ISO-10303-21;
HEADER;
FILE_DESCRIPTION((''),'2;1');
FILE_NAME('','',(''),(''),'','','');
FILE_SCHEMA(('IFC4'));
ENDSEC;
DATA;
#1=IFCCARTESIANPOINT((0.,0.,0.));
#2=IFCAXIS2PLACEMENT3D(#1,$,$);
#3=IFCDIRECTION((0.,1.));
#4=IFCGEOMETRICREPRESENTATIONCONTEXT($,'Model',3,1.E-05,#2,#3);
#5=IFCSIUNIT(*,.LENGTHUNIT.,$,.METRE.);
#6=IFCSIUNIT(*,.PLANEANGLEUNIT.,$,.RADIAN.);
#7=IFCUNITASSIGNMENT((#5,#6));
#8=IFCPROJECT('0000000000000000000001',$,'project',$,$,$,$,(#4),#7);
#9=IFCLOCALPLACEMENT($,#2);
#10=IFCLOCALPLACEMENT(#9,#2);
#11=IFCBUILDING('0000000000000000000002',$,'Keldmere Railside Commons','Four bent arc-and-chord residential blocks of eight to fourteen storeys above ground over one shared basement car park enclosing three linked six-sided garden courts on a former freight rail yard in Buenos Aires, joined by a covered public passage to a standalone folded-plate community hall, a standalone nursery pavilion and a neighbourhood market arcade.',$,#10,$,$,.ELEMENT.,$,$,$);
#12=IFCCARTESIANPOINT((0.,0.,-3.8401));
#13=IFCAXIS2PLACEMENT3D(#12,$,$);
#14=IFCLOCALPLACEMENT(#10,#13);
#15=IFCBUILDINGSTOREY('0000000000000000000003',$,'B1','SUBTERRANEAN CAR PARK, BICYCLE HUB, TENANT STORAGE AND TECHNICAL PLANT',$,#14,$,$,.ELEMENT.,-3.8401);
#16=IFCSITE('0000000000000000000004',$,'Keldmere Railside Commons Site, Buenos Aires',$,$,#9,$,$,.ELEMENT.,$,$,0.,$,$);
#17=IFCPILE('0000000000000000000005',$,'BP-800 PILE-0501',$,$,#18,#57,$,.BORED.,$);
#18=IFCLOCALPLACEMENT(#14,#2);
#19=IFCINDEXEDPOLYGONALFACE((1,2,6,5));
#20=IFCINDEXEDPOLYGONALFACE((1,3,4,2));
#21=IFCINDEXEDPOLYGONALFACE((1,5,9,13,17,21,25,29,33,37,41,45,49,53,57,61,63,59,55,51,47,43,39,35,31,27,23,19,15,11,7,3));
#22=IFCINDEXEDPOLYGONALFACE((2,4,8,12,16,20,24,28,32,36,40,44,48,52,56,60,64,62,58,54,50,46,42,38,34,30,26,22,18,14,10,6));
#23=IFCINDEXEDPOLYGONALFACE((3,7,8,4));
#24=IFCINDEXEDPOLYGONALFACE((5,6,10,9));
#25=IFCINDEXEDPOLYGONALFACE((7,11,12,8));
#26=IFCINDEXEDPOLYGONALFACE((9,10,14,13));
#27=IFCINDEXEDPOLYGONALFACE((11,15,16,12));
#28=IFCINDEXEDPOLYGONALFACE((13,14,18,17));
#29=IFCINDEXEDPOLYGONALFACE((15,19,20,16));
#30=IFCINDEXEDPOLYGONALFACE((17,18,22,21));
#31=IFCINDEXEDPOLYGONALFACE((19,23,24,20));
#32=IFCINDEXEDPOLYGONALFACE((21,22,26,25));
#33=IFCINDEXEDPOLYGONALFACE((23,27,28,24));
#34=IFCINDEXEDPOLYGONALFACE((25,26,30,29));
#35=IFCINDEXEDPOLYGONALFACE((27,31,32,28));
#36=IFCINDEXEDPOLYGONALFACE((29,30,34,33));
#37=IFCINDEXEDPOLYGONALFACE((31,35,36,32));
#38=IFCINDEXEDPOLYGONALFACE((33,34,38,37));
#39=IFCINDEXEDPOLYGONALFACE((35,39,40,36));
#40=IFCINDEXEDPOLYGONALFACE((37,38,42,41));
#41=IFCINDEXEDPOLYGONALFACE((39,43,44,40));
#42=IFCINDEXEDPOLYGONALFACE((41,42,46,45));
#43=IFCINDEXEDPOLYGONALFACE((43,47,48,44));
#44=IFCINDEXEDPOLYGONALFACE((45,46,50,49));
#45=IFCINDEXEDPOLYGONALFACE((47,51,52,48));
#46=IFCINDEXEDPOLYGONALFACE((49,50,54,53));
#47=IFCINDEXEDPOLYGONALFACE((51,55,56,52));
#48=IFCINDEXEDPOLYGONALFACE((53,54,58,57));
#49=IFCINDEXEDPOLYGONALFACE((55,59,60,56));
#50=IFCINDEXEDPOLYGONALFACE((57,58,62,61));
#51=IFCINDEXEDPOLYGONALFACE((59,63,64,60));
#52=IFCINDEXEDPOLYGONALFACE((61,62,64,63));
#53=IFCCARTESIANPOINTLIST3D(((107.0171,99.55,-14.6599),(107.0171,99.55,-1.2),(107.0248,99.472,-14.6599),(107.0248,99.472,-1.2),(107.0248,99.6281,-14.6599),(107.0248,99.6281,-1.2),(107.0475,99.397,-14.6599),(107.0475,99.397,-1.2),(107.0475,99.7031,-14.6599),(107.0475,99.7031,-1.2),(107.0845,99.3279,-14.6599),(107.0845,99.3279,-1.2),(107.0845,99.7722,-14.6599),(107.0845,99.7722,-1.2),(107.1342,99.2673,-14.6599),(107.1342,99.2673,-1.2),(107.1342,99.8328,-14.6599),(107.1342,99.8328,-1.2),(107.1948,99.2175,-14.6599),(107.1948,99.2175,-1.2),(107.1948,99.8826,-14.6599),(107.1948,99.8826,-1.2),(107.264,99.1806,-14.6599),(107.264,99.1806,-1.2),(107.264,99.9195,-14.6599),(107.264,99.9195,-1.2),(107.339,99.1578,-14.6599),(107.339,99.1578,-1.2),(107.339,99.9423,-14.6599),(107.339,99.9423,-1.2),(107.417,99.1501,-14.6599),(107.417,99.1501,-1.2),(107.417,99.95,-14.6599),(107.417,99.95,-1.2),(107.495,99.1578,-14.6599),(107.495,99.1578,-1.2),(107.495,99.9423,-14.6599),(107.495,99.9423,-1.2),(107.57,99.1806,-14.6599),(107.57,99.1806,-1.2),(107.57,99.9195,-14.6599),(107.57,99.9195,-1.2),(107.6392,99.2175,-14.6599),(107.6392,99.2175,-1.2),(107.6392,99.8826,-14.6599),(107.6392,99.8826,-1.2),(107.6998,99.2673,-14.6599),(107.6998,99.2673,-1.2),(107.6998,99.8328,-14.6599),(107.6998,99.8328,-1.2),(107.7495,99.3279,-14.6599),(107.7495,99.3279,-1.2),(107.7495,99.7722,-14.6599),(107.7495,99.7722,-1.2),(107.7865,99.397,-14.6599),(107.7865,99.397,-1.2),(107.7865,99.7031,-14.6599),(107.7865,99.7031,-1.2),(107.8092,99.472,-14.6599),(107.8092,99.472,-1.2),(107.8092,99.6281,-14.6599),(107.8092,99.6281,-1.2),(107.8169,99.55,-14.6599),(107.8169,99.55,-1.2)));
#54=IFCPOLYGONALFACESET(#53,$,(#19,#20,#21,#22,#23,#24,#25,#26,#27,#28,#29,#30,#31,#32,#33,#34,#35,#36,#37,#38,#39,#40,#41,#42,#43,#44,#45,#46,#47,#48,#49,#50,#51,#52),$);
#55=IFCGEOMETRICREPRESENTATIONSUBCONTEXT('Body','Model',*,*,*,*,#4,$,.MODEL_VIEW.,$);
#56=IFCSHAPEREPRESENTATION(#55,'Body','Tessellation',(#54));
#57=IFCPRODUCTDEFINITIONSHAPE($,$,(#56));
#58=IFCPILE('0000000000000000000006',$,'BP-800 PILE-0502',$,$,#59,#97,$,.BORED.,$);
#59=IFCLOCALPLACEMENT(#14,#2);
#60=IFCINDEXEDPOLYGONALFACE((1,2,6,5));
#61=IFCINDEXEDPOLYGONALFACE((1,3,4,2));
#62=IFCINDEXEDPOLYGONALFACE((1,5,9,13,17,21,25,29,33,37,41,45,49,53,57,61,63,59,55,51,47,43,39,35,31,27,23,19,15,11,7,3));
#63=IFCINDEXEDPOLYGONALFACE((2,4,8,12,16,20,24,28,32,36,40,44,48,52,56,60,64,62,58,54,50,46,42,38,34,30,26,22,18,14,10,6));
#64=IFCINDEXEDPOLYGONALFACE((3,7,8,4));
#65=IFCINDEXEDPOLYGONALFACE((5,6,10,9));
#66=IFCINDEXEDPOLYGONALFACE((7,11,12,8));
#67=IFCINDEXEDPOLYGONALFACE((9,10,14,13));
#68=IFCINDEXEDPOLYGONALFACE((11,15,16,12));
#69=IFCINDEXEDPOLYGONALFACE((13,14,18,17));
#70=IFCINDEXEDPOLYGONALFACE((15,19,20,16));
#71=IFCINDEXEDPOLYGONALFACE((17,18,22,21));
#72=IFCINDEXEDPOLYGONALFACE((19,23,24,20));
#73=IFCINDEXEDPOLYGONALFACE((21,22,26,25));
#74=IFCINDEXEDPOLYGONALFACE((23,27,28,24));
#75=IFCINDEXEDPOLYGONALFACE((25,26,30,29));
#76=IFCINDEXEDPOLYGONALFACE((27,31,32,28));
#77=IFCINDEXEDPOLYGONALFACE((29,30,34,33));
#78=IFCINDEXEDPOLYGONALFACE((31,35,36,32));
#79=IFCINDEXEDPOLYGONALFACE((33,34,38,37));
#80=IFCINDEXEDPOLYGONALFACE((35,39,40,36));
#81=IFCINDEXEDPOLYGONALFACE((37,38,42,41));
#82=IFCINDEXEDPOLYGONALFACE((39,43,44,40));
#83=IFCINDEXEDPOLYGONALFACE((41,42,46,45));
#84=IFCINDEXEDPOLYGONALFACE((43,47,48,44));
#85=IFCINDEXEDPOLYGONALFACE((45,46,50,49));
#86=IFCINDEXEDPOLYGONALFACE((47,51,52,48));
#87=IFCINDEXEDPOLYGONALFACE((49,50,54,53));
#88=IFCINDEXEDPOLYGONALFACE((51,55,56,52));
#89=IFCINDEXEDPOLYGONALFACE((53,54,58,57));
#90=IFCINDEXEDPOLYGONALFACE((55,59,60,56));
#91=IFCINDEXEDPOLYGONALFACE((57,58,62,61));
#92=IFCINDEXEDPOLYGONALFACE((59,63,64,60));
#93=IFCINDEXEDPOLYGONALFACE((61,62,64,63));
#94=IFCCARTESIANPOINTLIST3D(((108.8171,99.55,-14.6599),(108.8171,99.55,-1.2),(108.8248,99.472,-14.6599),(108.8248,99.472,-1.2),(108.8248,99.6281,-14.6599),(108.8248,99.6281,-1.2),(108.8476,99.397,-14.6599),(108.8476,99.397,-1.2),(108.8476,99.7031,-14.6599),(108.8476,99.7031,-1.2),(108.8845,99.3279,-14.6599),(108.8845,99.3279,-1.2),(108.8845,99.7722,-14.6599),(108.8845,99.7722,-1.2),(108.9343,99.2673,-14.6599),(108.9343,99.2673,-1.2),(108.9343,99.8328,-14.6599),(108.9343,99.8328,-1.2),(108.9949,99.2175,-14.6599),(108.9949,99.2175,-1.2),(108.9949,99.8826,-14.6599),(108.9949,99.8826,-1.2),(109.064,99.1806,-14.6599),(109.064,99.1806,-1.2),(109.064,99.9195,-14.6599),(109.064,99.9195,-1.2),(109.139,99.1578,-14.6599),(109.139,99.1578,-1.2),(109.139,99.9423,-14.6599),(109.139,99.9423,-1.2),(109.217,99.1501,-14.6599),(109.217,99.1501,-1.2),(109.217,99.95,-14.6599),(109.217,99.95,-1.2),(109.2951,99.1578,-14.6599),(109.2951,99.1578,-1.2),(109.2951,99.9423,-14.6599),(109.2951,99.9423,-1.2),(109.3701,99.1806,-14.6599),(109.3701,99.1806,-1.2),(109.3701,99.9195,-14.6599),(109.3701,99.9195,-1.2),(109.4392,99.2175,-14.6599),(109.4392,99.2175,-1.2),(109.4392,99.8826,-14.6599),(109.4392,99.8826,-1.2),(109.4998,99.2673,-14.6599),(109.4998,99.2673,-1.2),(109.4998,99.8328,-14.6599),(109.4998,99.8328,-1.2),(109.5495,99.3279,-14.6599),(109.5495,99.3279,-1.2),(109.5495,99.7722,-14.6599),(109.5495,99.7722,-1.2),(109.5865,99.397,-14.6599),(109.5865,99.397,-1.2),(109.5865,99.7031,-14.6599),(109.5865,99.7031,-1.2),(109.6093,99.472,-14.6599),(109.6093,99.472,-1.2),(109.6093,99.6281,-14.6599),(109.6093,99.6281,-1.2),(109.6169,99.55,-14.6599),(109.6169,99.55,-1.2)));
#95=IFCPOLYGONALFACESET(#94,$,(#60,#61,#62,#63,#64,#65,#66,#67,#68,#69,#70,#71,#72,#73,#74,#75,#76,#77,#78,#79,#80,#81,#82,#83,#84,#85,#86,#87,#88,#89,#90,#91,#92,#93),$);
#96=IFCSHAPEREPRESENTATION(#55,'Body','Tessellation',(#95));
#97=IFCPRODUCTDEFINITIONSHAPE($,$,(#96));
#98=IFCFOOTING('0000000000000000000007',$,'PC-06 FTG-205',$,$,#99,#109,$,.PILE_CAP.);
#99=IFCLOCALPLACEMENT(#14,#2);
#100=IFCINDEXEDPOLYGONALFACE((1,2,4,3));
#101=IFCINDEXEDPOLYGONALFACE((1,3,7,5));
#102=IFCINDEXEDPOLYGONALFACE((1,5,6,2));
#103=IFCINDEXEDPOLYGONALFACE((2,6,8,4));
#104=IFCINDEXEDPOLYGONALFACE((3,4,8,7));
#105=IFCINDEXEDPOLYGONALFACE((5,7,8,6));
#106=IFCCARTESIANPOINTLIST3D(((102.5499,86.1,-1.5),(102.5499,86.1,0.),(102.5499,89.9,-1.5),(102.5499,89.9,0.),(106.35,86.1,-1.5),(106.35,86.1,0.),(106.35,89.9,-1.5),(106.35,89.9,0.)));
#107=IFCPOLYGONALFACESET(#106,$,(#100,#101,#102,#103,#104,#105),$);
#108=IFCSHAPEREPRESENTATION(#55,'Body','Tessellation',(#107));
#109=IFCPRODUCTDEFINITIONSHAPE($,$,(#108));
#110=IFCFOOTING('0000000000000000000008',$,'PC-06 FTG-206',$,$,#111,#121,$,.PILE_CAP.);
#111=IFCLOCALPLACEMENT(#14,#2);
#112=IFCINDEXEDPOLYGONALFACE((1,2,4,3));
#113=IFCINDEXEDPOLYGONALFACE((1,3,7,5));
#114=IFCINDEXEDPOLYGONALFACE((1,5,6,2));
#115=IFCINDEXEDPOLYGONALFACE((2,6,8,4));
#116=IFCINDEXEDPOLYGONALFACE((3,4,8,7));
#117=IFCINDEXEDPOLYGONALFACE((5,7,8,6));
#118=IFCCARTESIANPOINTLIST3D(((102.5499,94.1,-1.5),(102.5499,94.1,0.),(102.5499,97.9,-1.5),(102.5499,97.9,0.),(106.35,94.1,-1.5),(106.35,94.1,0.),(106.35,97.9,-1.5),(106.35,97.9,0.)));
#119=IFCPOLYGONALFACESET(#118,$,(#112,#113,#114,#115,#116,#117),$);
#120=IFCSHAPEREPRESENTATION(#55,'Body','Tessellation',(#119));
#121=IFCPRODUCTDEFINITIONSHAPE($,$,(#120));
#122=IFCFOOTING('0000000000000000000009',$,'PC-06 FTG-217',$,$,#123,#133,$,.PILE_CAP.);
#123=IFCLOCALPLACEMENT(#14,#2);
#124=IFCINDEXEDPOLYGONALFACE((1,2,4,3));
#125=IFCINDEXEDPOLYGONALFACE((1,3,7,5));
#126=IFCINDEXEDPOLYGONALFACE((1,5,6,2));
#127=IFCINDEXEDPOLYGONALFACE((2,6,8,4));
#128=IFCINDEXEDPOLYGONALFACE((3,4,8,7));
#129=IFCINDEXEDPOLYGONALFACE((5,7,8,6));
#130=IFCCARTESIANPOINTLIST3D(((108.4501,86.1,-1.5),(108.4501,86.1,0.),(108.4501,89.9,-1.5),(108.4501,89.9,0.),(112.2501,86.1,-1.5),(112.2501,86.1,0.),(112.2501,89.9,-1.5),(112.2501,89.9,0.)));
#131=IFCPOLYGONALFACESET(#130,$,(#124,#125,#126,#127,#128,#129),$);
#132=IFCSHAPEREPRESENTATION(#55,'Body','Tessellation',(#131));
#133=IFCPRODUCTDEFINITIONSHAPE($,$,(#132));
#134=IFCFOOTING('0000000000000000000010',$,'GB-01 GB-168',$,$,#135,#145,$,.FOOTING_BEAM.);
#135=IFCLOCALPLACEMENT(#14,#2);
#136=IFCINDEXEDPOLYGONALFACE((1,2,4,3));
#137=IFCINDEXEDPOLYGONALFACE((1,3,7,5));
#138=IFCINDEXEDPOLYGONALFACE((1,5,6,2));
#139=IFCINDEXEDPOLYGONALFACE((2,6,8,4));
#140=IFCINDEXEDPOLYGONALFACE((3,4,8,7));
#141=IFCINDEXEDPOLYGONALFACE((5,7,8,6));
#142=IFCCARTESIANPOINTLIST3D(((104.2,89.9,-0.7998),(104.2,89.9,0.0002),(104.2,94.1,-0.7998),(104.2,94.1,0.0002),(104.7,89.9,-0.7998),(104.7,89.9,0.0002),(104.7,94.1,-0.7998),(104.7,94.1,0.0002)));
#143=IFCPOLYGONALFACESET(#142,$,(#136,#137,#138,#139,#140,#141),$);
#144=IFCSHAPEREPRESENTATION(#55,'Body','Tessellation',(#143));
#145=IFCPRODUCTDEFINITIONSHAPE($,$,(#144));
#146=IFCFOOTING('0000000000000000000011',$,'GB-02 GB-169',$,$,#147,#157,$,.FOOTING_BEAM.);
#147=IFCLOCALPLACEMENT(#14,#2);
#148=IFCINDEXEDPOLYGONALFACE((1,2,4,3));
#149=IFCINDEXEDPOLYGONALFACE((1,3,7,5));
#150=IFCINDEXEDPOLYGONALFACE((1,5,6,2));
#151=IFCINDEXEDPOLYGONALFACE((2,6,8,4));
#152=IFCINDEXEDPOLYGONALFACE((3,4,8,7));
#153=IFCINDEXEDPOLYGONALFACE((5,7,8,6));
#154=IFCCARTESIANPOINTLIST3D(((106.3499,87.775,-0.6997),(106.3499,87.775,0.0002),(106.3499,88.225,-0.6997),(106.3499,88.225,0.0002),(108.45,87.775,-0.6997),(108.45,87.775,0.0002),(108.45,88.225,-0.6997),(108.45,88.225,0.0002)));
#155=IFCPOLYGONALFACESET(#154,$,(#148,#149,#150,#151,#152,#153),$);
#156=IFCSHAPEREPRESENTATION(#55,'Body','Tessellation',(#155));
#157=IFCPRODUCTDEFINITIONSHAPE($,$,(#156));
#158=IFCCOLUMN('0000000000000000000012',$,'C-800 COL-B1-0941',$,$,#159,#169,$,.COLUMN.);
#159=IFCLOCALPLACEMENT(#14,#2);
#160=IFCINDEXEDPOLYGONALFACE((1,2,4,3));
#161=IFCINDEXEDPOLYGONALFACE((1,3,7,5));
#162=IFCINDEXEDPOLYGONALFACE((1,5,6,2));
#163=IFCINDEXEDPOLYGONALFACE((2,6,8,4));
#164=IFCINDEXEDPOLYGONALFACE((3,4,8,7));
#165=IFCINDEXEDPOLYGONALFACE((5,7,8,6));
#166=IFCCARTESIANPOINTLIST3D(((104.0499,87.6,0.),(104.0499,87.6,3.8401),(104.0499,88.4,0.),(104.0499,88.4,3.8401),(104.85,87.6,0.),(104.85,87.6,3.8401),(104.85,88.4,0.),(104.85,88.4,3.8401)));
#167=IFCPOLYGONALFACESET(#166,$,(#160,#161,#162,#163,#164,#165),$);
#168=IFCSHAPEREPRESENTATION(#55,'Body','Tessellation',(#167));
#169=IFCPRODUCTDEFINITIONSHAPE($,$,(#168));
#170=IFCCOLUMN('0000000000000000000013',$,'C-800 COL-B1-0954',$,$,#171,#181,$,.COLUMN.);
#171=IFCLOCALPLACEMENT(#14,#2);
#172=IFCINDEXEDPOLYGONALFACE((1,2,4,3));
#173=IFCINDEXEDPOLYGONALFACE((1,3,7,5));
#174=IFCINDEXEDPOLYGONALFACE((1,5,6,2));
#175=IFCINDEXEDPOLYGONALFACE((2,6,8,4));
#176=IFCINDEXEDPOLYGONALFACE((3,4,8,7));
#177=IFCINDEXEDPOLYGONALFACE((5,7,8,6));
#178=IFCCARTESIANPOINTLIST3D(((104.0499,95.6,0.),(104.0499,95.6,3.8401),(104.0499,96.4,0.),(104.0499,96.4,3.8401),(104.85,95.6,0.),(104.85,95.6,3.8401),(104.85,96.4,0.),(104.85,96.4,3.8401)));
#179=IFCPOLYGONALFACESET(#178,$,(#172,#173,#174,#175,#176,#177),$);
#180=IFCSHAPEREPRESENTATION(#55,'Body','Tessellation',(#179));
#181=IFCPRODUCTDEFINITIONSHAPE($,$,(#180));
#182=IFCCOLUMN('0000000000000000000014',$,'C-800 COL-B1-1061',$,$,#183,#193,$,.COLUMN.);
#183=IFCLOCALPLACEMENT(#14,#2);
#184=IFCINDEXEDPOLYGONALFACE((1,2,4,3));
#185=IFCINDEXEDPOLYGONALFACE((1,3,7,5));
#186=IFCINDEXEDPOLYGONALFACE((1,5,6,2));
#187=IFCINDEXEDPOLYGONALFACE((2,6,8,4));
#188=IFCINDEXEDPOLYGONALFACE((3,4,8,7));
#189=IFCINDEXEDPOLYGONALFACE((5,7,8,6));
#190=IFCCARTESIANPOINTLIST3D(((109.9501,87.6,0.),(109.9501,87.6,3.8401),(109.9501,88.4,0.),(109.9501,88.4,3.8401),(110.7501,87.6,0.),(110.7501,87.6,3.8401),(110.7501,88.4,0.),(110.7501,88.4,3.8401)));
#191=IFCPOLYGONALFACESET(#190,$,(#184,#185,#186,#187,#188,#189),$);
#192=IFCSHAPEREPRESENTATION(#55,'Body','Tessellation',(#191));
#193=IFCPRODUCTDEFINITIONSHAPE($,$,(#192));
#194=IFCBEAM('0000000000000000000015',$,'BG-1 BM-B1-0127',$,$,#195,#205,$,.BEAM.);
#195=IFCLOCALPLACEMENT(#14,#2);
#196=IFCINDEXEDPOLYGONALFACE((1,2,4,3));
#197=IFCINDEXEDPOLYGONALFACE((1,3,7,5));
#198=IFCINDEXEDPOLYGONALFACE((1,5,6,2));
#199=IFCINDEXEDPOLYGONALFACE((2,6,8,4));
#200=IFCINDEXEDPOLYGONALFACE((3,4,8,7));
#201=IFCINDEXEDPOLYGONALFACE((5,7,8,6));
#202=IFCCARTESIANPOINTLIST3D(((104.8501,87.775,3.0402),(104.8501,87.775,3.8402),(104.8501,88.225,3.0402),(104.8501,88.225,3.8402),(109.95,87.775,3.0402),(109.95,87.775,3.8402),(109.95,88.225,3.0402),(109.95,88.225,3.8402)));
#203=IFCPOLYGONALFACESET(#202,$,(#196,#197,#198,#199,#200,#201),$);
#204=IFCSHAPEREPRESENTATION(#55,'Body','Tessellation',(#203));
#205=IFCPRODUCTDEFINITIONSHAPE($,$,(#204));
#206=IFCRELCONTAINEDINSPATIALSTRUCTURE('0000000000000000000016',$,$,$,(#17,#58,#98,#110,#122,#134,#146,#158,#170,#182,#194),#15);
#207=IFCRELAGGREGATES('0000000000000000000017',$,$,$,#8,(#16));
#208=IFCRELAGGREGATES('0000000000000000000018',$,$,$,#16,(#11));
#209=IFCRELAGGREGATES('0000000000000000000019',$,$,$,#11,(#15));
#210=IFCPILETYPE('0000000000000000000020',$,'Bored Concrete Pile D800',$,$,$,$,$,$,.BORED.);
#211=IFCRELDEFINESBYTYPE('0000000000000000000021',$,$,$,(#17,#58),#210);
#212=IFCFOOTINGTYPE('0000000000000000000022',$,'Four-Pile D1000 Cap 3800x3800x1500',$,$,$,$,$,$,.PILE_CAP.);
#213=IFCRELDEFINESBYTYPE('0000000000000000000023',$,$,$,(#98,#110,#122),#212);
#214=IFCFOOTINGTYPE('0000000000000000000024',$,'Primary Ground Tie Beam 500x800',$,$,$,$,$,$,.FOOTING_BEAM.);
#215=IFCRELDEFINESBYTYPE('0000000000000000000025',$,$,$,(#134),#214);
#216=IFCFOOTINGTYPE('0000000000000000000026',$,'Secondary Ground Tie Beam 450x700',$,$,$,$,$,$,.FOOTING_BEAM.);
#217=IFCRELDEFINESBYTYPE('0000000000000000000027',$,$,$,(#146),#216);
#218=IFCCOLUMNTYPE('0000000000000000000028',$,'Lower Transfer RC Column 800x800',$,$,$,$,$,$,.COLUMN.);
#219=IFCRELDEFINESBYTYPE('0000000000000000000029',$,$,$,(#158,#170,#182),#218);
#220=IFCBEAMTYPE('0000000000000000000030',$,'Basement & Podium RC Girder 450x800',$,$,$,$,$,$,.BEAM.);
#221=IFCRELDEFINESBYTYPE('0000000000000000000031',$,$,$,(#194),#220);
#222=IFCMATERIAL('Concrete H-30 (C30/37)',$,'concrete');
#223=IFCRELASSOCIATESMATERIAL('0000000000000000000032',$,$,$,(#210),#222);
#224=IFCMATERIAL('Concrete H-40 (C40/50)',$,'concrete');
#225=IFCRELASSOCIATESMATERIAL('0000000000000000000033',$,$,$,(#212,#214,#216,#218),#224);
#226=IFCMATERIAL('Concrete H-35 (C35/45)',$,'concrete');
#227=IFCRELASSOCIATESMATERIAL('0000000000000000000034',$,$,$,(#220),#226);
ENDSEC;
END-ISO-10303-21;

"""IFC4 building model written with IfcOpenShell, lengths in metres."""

from ifc_helpers import new_model, si_unit, direction, frame, origin, origin_2d, place, context, subcontext, project, spatial, rectangle, circle, extrude, material, material_profile, profile_set, type_object, element, save


model = new_model("IFC4")

# Units and contexts
model_context = context("Model", 3, precision=1e-05, world=origin(), true_north=direction((0.0, 1.0)))
body_context = subcontext(model_context, "Body", "Model", "MODEL_VIEW")
ifc_project = project(units=[si_unit("LENGTHUNIT", "METRE"), si_unit("PLANEANGLEUNIT", "RADIAN")], contexts=[model_context])

# Site, building, storey
site_placement = place(None, origin())
site = spatial("IfcSite", under=ifc_project, at=site_placement, Name="Keldmere Railside Commons Site, Buenos Aires", CompositionType="ELEMENT", RefElevation=0.0)
building_placement = place(site_placement, origin())
building = spatial("IfcBuilding", under=site, at=building_placement, Name="Keldmere Railside Commons", Description="Four bent arc-and-chord residential blocks of eight to fourteen storeys above ground over one shared basement car park enclosing three linked six-sided garden courts on a former freight rail yard in Buenos Aires, joined by a covered public passage to a standalone folded-plate community hall, a standalone nursery pavilion and a neighbourhood market arcade.", CompositionType="ELEMENT")
storey_placement = place(building_placement, frame((0.0, 0.0, -3.8401)))
storey = spatial("IfcBuildingStorey", under=building, at=storey_placement, Name="B1", Description="SUBTERRANEAN CAR PARK, BICYCLE HUB, TENANT STORAGE AND TECHNICAL PLANT", CompositionType="ELEMENT", Elevation=-3.8401)

# Piles
ifc_material_1 = material(Name="Concrete H-30 (C30/37)", Category="concrete")
ifc_material_profile_1 = material_profile(ifc_material_1, circle(Radius=0.3999, at=origin_2d()), Name="PILE-D800")
ifc_profile_set_1 = profile_set([ifc_material_profile_1], Name="Concrete H-30 (C30/37)")
pile_type_1 = type_object("IfcPileType", Name="Bored Concrete Pile D800", PredefinedType="BORED", material=ifc_profile_set_1)
for number, where, z_axis, x_axis, name in (
    (1, (107.417, 99.55, -1.2), (0.0, 0.0, -1.0), (1.0, 0.0, 0.0), "BP-800 PILE-0501"),
    (2, (109.217, 99.55, -1.2), (0.0, 0.0, -1.0), (1.0, 0.0, 0.0), "BP-800 PILE-0502"),
):
    element("IfcPile", number, at=place(storey_placement, frame(where, z_axis=z_axis, x_axis=x_axis)), inside=storey, type_object=pile_type_1, Name=name, PredefinedType="BORED", context=body_context, shape_type="SweptSolid", body=[
        extrude(circle(Radius=0.3999, at=origin_2d()), origin(), (0.0, 0.0, 1.0), 13.46),
    ])

# Footings
ifc_material_2 = material(Name="Concrete H-40 (C40/50)", Category="concrete")
footing_type_1 = type_object("IfcFootingType", Name="Four-Pile D1000 Cap 3800x3800x1500", PredefinedType="PILE_CAP", material=ifc_material_2)
for number, where, z_axis, x_axis, name in (
    (3, (104.45, 88.0, -1.5), (0.0, 0.0, 1.0), (1.0, 0.0, 0.0), "PC-06 FTG-205"),
    (4, (104.45, 96.0, -1.5), (0.0, 0.0, 1.0), (1.0, 0.0, 0.0), "PC-06 FTG-206"),
    (5, (110.3501, 88.0, -1.5), (0.0, 0.0, 1.0), (1.0, 0.0, 0.0), "PC-06 FTG-217"),
):
    element("IfcFooting", number, at=place(storey_placement, frame(where, z_axis=z_axis, x_axis=x_axis)), inside=storey, type_object=footing_type_1, Name=name, PredefinedType="PILE_CAP", context=body_context, shape_type="SweptSolid", body=[
        extrude(rectangle(XDim=3.8, YDim=3.8, at=origin_2d()), origin(), (0.0, 0.0, 1.0), 1.5),
    ])
footing_type_2 = type_object("IfcFootingType", Name="Primary Ground Tie Beam 500x800", PredefinedType="FOOTING_BEAM", material=ifc_material_2)
footing_1_placement = place(storey_placement, frame((104.45, 92.0, -0.7998), z_axis=(0.0, 0.0, 1.0), x_axis=(0.0, 1.0, 0.0)))
element("IfcFooting", 6, at=footing_1_placement, inside=storey, type_object=footing_type_2, Name="GB-01 GB-168", PredefinedType="FOOTING_BEAM", context=body_context, shape_type="SweptSolid", body=[
    extrude(rectangle(XDim=4.2, YDim=0.5, at=origin_2d()), origin(), (0.0, 0.0, 1.0), 0.8),
])
footing_type_3 = type_object("IfcFootingType", Name="Secondary Ground Tie Beam 450x700", PredefinedType="FOOTING_BEAM", material=ifc_material_2)
footing_2_placement = place(storey_placement, frame((107.3999, 88.0, -0.6997), z_axis=(0.0, 0.0, 1.0), x_axis=(1.0, 0.0, 0.0)))
element("IfcFooting", 7, at=footing_2_placement, inside=storey, type_object=footing_type_3, Name="GB-02 GB-169", PredefinedType="FOOTING_BEAM", context=body_context, shape_type="SweptSolid", body=[
    extrude(rectangle(XDim=2.1001, YDim=0.45, at=origin_2d()), origin(), (0.0, 0.0, 1.0), 0.7),
])

# Columns
ifc_material_profile_2 = material_profile(ifc_material_2, rectangle(XDim=0.8, YDim=0.8, at=origin_2d()), Name="RC-800x800")
ifc_profile_set_2 = profile_set([ifc_material_profile_2], Name="Concrete H-40 (C40/50)")
column_type = type_object("IfcColumnType", Name="Lower Transfer RC Column 800x800", PredefinedType="COLUMN", material=ifc_profile_set_2)
for number, where, z_axis, x_axis, name in (
    (8, (104.45, 88.0, 0.0), (0.0, 0.0, 1.0), (1.0, 0.0, 0.0), "C-800 COL-B1-0941"),
    (9, (104.45, 96.0, 0.0), (0.0, 0.0, 1.0), (1.0, 0.0, 0.0), "C-800 COL-B1-0954"),
    (10, (110.3501, 88.0, 0.0), (0.0, 0.0, 1.0), (1.0, 0.0, 0.0), "C-800 COL-B1-1061"),
):
    element("IfcColumn", number, at=place(storey_placement, frame(where, z_axis=z_axis, x_axis=x_axis)), inside=storey, type_object=column_type, Name=name, PredefinedType="COLUMN", context=body_context, shape_type="SweptSolid", body=[
        extrude(rectangle(XDim=0.8, YDim=0.8, at=origin_2d()), origin(), (0.0, 0.0, 1.0), 3.8401),
    ])

# Beam
ifc_material_3 = material(Name="Concrete H-35 (C35/45)", Category="concrete")
ifc_material_profile_3 = material_profile(ifc_material_3, rectangle(XDim=0.45, YDim=0.8, at=origin_2d()), Name="RC-450x800")
ifc_profile_set_3 = profile_set([ifc_material_profile_3], Name="Concrete H-35 (C35/45)")
beam_type = type_object("IfcBeamType", Name="Basement & Podium RC Girder 450x800", PredefinedType="BEAM", material=ifc_profile_set_3)
beam_1_placement = place(storey_placement, frame((104.8501, 88.0, 3.4402), z_axis=(1.0, 0.0, 0.0), x_axis=(0.0, 1.0, 0.0)))
element("IfcBeam", 11, at=beam_1_placement, inside=storey, type_object=beam_type, Name="BG-1 BM-B1-0127", PredefinedType="BEAM", context=body_context, shape_type="SweptSolid", body=[
    extrude(rectangle(XDim=0.45, YDim=0.8, at=origin_2d()), origin(), (0.0, 0.0, 1.0), 5.0999),
])

save(model, "model.ifc")
